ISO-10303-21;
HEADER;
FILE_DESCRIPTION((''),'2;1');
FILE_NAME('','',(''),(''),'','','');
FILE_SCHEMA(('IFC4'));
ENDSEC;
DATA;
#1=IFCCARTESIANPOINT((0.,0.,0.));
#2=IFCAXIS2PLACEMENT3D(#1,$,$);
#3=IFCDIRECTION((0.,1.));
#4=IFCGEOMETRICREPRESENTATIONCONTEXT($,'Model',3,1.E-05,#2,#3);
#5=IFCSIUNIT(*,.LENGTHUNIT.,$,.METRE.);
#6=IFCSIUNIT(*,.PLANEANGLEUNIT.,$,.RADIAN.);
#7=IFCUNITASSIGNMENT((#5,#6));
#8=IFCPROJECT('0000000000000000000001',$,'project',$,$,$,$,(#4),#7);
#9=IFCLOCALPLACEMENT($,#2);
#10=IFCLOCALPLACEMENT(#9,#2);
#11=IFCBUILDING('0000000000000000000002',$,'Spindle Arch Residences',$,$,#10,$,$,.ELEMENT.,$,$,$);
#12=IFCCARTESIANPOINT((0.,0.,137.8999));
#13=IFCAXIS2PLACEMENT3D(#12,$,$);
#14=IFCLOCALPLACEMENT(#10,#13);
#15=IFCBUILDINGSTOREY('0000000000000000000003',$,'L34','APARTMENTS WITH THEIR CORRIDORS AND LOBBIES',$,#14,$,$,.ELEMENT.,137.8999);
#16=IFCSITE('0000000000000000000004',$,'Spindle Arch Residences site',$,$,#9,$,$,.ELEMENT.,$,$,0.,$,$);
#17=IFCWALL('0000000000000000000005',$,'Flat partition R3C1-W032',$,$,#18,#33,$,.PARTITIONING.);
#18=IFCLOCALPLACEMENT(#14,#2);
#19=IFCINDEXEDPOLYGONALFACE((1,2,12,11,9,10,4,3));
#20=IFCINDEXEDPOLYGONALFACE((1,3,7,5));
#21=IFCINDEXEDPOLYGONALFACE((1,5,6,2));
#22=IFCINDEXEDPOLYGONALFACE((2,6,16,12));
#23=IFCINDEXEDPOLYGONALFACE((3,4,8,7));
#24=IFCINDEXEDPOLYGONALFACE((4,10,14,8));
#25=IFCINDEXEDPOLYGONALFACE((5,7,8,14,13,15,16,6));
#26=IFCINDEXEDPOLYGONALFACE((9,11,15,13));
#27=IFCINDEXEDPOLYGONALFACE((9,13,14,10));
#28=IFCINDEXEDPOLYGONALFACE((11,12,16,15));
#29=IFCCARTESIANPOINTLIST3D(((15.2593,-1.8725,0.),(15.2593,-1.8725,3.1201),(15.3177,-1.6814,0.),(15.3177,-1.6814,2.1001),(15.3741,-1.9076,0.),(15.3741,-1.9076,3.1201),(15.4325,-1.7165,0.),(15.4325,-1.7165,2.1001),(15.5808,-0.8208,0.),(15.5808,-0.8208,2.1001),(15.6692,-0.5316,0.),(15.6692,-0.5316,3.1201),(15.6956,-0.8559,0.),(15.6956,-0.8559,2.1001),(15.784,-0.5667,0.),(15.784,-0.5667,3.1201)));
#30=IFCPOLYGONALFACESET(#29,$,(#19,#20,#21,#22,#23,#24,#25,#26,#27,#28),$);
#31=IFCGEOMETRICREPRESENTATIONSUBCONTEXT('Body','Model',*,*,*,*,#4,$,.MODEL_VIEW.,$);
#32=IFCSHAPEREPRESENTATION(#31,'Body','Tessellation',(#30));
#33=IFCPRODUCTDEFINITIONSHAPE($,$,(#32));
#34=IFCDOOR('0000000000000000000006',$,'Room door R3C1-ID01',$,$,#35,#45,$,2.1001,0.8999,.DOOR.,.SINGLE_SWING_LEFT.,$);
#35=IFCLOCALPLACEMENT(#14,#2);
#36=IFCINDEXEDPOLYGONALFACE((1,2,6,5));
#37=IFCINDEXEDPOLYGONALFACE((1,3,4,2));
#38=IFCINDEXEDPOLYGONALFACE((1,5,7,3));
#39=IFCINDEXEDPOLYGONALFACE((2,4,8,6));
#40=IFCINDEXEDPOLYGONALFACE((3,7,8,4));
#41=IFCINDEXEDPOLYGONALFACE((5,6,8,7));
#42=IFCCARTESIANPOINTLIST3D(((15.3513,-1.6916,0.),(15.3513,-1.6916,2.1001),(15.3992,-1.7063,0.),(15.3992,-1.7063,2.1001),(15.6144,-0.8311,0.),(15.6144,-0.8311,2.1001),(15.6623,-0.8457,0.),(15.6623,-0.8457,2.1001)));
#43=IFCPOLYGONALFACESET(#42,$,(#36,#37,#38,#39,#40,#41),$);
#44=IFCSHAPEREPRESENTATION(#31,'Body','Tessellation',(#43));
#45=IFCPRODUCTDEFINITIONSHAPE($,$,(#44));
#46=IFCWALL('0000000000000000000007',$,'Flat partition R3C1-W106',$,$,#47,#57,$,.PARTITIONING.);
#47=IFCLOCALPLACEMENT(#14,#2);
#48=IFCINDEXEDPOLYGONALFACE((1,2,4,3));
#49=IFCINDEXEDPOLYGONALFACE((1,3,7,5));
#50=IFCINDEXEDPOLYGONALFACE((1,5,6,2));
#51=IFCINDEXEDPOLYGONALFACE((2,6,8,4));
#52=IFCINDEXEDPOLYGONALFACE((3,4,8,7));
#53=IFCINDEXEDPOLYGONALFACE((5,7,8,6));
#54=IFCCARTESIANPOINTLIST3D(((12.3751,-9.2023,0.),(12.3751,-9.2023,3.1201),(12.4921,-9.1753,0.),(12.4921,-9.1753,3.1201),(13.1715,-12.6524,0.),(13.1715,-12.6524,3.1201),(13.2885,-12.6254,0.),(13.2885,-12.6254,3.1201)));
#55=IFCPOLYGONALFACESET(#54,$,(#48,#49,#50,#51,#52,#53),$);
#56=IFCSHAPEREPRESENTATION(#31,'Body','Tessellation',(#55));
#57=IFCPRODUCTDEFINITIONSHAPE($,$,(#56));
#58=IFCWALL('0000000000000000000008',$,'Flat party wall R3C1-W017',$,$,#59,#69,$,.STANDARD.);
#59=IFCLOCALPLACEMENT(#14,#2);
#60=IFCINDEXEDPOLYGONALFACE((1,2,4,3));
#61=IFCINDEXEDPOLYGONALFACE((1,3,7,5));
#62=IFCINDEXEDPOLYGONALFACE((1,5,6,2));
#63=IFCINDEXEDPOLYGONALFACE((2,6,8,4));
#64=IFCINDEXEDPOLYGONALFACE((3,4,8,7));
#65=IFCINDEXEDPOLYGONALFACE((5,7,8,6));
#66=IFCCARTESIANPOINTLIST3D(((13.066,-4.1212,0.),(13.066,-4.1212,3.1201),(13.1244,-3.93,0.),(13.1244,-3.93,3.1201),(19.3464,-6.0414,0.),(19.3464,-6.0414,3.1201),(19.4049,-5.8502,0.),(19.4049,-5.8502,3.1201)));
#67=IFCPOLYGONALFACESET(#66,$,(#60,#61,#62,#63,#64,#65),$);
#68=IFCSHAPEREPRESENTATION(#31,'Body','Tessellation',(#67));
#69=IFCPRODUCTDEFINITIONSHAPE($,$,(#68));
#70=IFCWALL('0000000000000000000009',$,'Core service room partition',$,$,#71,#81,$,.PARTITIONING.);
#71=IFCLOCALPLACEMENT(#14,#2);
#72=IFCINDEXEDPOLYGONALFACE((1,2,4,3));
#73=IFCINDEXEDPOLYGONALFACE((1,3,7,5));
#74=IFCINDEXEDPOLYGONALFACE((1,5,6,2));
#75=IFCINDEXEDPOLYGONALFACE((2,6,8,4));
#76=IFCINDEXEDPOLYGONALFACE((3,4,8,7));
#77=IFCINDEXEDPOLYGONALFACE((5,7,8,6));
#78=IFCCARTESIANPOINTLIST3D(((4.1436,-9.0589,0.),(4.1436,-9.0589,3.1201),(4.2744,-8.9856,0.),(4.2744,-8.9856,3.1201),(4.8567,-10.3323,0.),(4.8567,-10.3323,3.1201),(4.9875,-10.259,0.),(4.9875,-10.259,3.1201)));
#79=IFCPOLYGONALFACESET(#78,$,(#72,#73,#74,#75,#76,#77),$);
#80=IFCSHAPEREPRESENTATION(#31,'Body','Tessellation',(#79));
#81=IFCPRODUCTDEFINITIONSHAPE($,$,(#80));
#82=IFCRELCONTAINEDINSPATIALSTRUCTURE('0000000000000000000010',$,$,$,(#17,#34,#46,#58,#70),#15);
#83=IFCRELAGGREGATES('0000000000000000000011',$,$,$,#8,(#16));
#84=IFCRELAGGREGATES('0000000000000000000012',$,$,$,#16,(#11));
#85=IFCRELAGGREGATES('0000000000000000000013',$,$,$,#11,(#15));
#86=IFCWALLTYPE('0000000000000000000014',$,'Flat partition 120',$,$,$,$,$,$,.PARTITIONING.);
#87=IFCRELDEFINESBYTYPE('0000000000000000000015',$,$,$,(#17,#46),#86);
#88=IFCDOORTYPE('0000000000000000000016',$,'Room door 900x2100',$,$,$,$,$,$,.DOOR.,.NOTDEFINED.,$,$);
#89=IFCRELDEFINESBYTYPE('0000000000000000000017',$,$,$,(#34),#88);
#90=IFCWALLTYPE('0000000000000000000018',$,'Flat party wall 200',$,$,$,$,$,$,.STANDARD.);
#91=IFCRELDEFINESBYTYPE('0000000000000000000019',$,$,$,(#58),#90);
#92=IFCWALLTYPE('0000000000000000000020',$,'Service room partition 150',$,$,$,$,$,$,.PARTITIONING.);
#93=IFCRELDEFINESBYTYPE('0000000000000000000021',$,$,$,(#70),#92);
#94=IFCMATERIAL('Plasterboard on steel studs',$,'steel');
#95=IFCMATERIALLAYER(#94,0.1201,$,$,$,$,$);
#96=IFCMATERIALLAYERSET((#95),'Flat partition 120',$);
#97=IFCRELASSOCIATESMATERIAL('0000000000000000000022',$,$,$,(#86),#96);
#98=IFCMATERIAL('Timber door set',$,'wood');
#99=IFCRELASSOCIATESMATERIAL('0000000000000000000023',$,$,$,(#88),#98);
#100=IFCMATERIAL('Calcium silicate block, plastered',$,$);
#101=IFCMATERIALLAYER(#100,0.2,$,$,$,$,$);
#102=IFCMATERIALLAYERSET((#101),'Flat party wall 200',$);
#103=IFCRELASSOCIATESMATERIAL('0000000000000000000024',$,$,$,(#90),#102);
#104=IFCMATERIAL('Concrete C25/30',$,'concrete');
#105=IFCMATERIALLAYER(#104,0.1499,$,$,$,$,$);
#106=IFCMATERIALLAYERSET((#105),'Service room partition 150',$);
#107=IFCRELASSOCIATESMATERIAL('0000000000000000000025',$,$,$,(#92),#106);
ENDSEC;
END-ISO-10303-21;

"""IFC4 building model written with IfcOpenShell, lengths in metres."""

from ifc_helpers import new_model, si_unit, direction, frame, frame_2d, origin, place, context, subcontext, project, spatial, rectangle, extrude, material, layer, layer_set, type_object, element, fill, save


model = new_model("IFC4")

# Units and contexts
model_context = context("Model", 3, precision=1e-05, world=origin(), true_north=direction((0.0, 1.0)))
body_context = subcontext(model_context, "Body", "Model", "MODEL_VIEW")
ifc_project = project(units=[si_unit("LENGTHUNIT", "METRE"), si_unit("PLANEANGLEUNIT", "RADIAN")], contexts=[model_context])

# Site, building, storey
site_placement = place(None, origin())
site = spatial("IfcSite", under=ifc_project, at=site_placement, Name="Spindle Arch Residences site", CompositionType="ELEMENT", RefElevation=0.0)
building_placement = place(site_placement, origin())
building = spatial("IfcBuilding", under=site, at=building_placement, Name="Spindle Arch Residences", CompositionType="ELEMENT")
storey_placement = place(building_placement, frame((0.0, 0.0, 137.8999)))
storey = spatial("IfcBuildingStorey", under=building, at=storey_placement, Name="L34", Description="APARTMENTS WITH THEIR CORRIDORS AND LOBBIES", CompositionType="ELEMENT", Elevation=137.8999)

# Wall, opening, door
ifc_material_1 = material(Name="Plasterboard on steel studs", Category="steel")
ifc_layer_1 = layer(ifc_material_1, 0.1201)
ifc_layer_set_1 = layer_set([ifc_layer_1], Name="Flat partition 120")
wall_type_1 = type_object("IfcWallType", Name="Flat partition 120", PredefinedType="PARTITIONING", material=ifc_layer_set_1)
wall_1_placement = place(storey_placement, frame((15.3167, -1.8901, 0.0), z_axis=(0.0, 0.0, 1.0), x_axis=(0.29236, 0.956308, 0.0)))
wall_1 = element("IfcWall", 1, at=wall_1_placement, inside=storey, type_object=wall_type_1, Name="Flat partition R3C1-W032", PredefinedType="PARTITIONING", context=body_context, shape_type="SweptSolid", body=[
    extrude(rectangle(XDim=1.4021, YDim=0.1201, at=frame_2d((0.7012, 0.0))), origin(), (0.0, 0.0, 1.0), 3.1201),
])
opening_1_placement = place(wall_1_placement, frame((0.2, 0.0, 0.0)))
opening_1 = element("IfcOpeningElement", 2, at=opening_1_placement, cuts=wall_1, PredefinedType="OPENING", context=body_context, shape_type="SweptSolid", body=[
    extrude(rectangle(XDim=0.8999, YDim=2.1001, at=frame_2d((0.45, 1.05))), frame((0.0, 0.0701, 0.0), z_axis=(0.0, -1.0, 0.0), x_axis=(1.0, 0.0, 0.0)), (0.0, 0.0, 1.0), 0.1401),
])
ifc_material_2 = material(Name="Timber door set", Category="wood")
door_type_1 = type_object("IfcDoorType", Name="Room door 900x2100", OperationType="NOTDEFINED", PredefinedType="DOOR", material=ifc_material_2)
door_1_placement = place(opening_1_placement, origin())
door_1 = element("IfcDoor", 3, at=door_1_placement, inside=storey, type_object=door_type_1, Name="Room door R3C1-ID01", OperationType="SINGLE_SWING_LEFT", OverallHeight=2.1001, OverallWidth=0.8999, PredefinedType="DOOR", context=body_context, shape_type="SweptSolid", body=[
    extrude(rectangle(XDim=0.8999, YDim=2.1001, at=frame_2d((0.45, 1.05))), frame((0.0, 0.0249, 0.0), z_axis=(0.0, -1.0, 0.0), x_axis=(1.0, 0.0, 0.0)), (0.0, 0.0, 1.0), 0.05),
])
fill(opening_1, door_1)

# Walls
wall_2_placement = place(storey_placement, frame((12.4336, -9.1887, 0.0), z_axis=(0.0, 0.0, 1.0), x_axis=(0.224925, -0.974376, 0.0)))
element("IfcWall", 4, at=wall_2_placement, inside=storey, type_object=wall_type_1, Name="Flat partition R3C1-W106", PredefinedType="PARTITIONING", context=body_context, shape_type="SweptSolid", body=[
    extrude(rectangle(XDim=3.5408, YDim=0.1201, at=frame_2d((1.7705, 0.0))), origin(), (0.0, 0.0, 1.0), 3.1201),
])
ifc_material_3 = material(Name="Calcium silicate block, plastered")
ifc_layer_2 = layer(ifc_material_3, 0.2)
ifc_layer_set_2 = layer_set([ifc_layer_2], Name="Flat party wall 200")
wall_type_2 = type_object("IfcWallType", Name="Flat party wall 200", PredefinedType="STANDARD", material=ifc_layer_set_2)
wall_3_placement = place(storey_placement, frame((13.0952, -4.0256, 0.0), z_axis=(0.0, 0.0, 1.0), x_axis=(0.956304, -0.292374, 0.0)))
element("IfcWall", 5, at=wall_3_placement, inside=storey, type_object=wall_type_2, Name="Flat party wall R3C1-W017", PredefinedType="STANDARD", context=body_context, shape_type="SweptSolid", body=[
    extrude(rectangle(XDim=6.5674, YDim=0.2, at=frame_2d((3.2837, 0.0))), origin(), (0.0, 0.0, 1.0), 3.1201),
])
ifc_material_4 = material(Name="Concrete C25/30", Category="concrete")
ifc_layer_3 = layer(ifc_material_4, 0.1499)
ifc_layer_set_3 = layer_set([ifc_layer_3], Name="Service room partition 150")
wall_type_3 = type_object("IfcWallType", Name="Service room partition 150", PredefinedType="PARTITIONING", material=ifc_layer_set_3)
wall_4_placement = place(storey_placement, frame((4.9221, -10.2957, 0.0), z_axis=(0.0, 0.0, 1.0), x_axis=(-0.488608, 0.872503, 0.0)))
element("IfcWall", 6, at=wall_4_placement, inside=storey, type_object=wall_type_3, Name="Core service room partition", PredefinedType="PARTITIONING", context=body_context, shape_type="SweptSolid", body=[
    extrude(rectangle(XDim=1.4595, YDim=0.1499, at=frame_2d((0.7297, 0.0))), origin(), (0.0, 0.0, 1.0), 3.1201),
])

save(model, "model.ifc")
